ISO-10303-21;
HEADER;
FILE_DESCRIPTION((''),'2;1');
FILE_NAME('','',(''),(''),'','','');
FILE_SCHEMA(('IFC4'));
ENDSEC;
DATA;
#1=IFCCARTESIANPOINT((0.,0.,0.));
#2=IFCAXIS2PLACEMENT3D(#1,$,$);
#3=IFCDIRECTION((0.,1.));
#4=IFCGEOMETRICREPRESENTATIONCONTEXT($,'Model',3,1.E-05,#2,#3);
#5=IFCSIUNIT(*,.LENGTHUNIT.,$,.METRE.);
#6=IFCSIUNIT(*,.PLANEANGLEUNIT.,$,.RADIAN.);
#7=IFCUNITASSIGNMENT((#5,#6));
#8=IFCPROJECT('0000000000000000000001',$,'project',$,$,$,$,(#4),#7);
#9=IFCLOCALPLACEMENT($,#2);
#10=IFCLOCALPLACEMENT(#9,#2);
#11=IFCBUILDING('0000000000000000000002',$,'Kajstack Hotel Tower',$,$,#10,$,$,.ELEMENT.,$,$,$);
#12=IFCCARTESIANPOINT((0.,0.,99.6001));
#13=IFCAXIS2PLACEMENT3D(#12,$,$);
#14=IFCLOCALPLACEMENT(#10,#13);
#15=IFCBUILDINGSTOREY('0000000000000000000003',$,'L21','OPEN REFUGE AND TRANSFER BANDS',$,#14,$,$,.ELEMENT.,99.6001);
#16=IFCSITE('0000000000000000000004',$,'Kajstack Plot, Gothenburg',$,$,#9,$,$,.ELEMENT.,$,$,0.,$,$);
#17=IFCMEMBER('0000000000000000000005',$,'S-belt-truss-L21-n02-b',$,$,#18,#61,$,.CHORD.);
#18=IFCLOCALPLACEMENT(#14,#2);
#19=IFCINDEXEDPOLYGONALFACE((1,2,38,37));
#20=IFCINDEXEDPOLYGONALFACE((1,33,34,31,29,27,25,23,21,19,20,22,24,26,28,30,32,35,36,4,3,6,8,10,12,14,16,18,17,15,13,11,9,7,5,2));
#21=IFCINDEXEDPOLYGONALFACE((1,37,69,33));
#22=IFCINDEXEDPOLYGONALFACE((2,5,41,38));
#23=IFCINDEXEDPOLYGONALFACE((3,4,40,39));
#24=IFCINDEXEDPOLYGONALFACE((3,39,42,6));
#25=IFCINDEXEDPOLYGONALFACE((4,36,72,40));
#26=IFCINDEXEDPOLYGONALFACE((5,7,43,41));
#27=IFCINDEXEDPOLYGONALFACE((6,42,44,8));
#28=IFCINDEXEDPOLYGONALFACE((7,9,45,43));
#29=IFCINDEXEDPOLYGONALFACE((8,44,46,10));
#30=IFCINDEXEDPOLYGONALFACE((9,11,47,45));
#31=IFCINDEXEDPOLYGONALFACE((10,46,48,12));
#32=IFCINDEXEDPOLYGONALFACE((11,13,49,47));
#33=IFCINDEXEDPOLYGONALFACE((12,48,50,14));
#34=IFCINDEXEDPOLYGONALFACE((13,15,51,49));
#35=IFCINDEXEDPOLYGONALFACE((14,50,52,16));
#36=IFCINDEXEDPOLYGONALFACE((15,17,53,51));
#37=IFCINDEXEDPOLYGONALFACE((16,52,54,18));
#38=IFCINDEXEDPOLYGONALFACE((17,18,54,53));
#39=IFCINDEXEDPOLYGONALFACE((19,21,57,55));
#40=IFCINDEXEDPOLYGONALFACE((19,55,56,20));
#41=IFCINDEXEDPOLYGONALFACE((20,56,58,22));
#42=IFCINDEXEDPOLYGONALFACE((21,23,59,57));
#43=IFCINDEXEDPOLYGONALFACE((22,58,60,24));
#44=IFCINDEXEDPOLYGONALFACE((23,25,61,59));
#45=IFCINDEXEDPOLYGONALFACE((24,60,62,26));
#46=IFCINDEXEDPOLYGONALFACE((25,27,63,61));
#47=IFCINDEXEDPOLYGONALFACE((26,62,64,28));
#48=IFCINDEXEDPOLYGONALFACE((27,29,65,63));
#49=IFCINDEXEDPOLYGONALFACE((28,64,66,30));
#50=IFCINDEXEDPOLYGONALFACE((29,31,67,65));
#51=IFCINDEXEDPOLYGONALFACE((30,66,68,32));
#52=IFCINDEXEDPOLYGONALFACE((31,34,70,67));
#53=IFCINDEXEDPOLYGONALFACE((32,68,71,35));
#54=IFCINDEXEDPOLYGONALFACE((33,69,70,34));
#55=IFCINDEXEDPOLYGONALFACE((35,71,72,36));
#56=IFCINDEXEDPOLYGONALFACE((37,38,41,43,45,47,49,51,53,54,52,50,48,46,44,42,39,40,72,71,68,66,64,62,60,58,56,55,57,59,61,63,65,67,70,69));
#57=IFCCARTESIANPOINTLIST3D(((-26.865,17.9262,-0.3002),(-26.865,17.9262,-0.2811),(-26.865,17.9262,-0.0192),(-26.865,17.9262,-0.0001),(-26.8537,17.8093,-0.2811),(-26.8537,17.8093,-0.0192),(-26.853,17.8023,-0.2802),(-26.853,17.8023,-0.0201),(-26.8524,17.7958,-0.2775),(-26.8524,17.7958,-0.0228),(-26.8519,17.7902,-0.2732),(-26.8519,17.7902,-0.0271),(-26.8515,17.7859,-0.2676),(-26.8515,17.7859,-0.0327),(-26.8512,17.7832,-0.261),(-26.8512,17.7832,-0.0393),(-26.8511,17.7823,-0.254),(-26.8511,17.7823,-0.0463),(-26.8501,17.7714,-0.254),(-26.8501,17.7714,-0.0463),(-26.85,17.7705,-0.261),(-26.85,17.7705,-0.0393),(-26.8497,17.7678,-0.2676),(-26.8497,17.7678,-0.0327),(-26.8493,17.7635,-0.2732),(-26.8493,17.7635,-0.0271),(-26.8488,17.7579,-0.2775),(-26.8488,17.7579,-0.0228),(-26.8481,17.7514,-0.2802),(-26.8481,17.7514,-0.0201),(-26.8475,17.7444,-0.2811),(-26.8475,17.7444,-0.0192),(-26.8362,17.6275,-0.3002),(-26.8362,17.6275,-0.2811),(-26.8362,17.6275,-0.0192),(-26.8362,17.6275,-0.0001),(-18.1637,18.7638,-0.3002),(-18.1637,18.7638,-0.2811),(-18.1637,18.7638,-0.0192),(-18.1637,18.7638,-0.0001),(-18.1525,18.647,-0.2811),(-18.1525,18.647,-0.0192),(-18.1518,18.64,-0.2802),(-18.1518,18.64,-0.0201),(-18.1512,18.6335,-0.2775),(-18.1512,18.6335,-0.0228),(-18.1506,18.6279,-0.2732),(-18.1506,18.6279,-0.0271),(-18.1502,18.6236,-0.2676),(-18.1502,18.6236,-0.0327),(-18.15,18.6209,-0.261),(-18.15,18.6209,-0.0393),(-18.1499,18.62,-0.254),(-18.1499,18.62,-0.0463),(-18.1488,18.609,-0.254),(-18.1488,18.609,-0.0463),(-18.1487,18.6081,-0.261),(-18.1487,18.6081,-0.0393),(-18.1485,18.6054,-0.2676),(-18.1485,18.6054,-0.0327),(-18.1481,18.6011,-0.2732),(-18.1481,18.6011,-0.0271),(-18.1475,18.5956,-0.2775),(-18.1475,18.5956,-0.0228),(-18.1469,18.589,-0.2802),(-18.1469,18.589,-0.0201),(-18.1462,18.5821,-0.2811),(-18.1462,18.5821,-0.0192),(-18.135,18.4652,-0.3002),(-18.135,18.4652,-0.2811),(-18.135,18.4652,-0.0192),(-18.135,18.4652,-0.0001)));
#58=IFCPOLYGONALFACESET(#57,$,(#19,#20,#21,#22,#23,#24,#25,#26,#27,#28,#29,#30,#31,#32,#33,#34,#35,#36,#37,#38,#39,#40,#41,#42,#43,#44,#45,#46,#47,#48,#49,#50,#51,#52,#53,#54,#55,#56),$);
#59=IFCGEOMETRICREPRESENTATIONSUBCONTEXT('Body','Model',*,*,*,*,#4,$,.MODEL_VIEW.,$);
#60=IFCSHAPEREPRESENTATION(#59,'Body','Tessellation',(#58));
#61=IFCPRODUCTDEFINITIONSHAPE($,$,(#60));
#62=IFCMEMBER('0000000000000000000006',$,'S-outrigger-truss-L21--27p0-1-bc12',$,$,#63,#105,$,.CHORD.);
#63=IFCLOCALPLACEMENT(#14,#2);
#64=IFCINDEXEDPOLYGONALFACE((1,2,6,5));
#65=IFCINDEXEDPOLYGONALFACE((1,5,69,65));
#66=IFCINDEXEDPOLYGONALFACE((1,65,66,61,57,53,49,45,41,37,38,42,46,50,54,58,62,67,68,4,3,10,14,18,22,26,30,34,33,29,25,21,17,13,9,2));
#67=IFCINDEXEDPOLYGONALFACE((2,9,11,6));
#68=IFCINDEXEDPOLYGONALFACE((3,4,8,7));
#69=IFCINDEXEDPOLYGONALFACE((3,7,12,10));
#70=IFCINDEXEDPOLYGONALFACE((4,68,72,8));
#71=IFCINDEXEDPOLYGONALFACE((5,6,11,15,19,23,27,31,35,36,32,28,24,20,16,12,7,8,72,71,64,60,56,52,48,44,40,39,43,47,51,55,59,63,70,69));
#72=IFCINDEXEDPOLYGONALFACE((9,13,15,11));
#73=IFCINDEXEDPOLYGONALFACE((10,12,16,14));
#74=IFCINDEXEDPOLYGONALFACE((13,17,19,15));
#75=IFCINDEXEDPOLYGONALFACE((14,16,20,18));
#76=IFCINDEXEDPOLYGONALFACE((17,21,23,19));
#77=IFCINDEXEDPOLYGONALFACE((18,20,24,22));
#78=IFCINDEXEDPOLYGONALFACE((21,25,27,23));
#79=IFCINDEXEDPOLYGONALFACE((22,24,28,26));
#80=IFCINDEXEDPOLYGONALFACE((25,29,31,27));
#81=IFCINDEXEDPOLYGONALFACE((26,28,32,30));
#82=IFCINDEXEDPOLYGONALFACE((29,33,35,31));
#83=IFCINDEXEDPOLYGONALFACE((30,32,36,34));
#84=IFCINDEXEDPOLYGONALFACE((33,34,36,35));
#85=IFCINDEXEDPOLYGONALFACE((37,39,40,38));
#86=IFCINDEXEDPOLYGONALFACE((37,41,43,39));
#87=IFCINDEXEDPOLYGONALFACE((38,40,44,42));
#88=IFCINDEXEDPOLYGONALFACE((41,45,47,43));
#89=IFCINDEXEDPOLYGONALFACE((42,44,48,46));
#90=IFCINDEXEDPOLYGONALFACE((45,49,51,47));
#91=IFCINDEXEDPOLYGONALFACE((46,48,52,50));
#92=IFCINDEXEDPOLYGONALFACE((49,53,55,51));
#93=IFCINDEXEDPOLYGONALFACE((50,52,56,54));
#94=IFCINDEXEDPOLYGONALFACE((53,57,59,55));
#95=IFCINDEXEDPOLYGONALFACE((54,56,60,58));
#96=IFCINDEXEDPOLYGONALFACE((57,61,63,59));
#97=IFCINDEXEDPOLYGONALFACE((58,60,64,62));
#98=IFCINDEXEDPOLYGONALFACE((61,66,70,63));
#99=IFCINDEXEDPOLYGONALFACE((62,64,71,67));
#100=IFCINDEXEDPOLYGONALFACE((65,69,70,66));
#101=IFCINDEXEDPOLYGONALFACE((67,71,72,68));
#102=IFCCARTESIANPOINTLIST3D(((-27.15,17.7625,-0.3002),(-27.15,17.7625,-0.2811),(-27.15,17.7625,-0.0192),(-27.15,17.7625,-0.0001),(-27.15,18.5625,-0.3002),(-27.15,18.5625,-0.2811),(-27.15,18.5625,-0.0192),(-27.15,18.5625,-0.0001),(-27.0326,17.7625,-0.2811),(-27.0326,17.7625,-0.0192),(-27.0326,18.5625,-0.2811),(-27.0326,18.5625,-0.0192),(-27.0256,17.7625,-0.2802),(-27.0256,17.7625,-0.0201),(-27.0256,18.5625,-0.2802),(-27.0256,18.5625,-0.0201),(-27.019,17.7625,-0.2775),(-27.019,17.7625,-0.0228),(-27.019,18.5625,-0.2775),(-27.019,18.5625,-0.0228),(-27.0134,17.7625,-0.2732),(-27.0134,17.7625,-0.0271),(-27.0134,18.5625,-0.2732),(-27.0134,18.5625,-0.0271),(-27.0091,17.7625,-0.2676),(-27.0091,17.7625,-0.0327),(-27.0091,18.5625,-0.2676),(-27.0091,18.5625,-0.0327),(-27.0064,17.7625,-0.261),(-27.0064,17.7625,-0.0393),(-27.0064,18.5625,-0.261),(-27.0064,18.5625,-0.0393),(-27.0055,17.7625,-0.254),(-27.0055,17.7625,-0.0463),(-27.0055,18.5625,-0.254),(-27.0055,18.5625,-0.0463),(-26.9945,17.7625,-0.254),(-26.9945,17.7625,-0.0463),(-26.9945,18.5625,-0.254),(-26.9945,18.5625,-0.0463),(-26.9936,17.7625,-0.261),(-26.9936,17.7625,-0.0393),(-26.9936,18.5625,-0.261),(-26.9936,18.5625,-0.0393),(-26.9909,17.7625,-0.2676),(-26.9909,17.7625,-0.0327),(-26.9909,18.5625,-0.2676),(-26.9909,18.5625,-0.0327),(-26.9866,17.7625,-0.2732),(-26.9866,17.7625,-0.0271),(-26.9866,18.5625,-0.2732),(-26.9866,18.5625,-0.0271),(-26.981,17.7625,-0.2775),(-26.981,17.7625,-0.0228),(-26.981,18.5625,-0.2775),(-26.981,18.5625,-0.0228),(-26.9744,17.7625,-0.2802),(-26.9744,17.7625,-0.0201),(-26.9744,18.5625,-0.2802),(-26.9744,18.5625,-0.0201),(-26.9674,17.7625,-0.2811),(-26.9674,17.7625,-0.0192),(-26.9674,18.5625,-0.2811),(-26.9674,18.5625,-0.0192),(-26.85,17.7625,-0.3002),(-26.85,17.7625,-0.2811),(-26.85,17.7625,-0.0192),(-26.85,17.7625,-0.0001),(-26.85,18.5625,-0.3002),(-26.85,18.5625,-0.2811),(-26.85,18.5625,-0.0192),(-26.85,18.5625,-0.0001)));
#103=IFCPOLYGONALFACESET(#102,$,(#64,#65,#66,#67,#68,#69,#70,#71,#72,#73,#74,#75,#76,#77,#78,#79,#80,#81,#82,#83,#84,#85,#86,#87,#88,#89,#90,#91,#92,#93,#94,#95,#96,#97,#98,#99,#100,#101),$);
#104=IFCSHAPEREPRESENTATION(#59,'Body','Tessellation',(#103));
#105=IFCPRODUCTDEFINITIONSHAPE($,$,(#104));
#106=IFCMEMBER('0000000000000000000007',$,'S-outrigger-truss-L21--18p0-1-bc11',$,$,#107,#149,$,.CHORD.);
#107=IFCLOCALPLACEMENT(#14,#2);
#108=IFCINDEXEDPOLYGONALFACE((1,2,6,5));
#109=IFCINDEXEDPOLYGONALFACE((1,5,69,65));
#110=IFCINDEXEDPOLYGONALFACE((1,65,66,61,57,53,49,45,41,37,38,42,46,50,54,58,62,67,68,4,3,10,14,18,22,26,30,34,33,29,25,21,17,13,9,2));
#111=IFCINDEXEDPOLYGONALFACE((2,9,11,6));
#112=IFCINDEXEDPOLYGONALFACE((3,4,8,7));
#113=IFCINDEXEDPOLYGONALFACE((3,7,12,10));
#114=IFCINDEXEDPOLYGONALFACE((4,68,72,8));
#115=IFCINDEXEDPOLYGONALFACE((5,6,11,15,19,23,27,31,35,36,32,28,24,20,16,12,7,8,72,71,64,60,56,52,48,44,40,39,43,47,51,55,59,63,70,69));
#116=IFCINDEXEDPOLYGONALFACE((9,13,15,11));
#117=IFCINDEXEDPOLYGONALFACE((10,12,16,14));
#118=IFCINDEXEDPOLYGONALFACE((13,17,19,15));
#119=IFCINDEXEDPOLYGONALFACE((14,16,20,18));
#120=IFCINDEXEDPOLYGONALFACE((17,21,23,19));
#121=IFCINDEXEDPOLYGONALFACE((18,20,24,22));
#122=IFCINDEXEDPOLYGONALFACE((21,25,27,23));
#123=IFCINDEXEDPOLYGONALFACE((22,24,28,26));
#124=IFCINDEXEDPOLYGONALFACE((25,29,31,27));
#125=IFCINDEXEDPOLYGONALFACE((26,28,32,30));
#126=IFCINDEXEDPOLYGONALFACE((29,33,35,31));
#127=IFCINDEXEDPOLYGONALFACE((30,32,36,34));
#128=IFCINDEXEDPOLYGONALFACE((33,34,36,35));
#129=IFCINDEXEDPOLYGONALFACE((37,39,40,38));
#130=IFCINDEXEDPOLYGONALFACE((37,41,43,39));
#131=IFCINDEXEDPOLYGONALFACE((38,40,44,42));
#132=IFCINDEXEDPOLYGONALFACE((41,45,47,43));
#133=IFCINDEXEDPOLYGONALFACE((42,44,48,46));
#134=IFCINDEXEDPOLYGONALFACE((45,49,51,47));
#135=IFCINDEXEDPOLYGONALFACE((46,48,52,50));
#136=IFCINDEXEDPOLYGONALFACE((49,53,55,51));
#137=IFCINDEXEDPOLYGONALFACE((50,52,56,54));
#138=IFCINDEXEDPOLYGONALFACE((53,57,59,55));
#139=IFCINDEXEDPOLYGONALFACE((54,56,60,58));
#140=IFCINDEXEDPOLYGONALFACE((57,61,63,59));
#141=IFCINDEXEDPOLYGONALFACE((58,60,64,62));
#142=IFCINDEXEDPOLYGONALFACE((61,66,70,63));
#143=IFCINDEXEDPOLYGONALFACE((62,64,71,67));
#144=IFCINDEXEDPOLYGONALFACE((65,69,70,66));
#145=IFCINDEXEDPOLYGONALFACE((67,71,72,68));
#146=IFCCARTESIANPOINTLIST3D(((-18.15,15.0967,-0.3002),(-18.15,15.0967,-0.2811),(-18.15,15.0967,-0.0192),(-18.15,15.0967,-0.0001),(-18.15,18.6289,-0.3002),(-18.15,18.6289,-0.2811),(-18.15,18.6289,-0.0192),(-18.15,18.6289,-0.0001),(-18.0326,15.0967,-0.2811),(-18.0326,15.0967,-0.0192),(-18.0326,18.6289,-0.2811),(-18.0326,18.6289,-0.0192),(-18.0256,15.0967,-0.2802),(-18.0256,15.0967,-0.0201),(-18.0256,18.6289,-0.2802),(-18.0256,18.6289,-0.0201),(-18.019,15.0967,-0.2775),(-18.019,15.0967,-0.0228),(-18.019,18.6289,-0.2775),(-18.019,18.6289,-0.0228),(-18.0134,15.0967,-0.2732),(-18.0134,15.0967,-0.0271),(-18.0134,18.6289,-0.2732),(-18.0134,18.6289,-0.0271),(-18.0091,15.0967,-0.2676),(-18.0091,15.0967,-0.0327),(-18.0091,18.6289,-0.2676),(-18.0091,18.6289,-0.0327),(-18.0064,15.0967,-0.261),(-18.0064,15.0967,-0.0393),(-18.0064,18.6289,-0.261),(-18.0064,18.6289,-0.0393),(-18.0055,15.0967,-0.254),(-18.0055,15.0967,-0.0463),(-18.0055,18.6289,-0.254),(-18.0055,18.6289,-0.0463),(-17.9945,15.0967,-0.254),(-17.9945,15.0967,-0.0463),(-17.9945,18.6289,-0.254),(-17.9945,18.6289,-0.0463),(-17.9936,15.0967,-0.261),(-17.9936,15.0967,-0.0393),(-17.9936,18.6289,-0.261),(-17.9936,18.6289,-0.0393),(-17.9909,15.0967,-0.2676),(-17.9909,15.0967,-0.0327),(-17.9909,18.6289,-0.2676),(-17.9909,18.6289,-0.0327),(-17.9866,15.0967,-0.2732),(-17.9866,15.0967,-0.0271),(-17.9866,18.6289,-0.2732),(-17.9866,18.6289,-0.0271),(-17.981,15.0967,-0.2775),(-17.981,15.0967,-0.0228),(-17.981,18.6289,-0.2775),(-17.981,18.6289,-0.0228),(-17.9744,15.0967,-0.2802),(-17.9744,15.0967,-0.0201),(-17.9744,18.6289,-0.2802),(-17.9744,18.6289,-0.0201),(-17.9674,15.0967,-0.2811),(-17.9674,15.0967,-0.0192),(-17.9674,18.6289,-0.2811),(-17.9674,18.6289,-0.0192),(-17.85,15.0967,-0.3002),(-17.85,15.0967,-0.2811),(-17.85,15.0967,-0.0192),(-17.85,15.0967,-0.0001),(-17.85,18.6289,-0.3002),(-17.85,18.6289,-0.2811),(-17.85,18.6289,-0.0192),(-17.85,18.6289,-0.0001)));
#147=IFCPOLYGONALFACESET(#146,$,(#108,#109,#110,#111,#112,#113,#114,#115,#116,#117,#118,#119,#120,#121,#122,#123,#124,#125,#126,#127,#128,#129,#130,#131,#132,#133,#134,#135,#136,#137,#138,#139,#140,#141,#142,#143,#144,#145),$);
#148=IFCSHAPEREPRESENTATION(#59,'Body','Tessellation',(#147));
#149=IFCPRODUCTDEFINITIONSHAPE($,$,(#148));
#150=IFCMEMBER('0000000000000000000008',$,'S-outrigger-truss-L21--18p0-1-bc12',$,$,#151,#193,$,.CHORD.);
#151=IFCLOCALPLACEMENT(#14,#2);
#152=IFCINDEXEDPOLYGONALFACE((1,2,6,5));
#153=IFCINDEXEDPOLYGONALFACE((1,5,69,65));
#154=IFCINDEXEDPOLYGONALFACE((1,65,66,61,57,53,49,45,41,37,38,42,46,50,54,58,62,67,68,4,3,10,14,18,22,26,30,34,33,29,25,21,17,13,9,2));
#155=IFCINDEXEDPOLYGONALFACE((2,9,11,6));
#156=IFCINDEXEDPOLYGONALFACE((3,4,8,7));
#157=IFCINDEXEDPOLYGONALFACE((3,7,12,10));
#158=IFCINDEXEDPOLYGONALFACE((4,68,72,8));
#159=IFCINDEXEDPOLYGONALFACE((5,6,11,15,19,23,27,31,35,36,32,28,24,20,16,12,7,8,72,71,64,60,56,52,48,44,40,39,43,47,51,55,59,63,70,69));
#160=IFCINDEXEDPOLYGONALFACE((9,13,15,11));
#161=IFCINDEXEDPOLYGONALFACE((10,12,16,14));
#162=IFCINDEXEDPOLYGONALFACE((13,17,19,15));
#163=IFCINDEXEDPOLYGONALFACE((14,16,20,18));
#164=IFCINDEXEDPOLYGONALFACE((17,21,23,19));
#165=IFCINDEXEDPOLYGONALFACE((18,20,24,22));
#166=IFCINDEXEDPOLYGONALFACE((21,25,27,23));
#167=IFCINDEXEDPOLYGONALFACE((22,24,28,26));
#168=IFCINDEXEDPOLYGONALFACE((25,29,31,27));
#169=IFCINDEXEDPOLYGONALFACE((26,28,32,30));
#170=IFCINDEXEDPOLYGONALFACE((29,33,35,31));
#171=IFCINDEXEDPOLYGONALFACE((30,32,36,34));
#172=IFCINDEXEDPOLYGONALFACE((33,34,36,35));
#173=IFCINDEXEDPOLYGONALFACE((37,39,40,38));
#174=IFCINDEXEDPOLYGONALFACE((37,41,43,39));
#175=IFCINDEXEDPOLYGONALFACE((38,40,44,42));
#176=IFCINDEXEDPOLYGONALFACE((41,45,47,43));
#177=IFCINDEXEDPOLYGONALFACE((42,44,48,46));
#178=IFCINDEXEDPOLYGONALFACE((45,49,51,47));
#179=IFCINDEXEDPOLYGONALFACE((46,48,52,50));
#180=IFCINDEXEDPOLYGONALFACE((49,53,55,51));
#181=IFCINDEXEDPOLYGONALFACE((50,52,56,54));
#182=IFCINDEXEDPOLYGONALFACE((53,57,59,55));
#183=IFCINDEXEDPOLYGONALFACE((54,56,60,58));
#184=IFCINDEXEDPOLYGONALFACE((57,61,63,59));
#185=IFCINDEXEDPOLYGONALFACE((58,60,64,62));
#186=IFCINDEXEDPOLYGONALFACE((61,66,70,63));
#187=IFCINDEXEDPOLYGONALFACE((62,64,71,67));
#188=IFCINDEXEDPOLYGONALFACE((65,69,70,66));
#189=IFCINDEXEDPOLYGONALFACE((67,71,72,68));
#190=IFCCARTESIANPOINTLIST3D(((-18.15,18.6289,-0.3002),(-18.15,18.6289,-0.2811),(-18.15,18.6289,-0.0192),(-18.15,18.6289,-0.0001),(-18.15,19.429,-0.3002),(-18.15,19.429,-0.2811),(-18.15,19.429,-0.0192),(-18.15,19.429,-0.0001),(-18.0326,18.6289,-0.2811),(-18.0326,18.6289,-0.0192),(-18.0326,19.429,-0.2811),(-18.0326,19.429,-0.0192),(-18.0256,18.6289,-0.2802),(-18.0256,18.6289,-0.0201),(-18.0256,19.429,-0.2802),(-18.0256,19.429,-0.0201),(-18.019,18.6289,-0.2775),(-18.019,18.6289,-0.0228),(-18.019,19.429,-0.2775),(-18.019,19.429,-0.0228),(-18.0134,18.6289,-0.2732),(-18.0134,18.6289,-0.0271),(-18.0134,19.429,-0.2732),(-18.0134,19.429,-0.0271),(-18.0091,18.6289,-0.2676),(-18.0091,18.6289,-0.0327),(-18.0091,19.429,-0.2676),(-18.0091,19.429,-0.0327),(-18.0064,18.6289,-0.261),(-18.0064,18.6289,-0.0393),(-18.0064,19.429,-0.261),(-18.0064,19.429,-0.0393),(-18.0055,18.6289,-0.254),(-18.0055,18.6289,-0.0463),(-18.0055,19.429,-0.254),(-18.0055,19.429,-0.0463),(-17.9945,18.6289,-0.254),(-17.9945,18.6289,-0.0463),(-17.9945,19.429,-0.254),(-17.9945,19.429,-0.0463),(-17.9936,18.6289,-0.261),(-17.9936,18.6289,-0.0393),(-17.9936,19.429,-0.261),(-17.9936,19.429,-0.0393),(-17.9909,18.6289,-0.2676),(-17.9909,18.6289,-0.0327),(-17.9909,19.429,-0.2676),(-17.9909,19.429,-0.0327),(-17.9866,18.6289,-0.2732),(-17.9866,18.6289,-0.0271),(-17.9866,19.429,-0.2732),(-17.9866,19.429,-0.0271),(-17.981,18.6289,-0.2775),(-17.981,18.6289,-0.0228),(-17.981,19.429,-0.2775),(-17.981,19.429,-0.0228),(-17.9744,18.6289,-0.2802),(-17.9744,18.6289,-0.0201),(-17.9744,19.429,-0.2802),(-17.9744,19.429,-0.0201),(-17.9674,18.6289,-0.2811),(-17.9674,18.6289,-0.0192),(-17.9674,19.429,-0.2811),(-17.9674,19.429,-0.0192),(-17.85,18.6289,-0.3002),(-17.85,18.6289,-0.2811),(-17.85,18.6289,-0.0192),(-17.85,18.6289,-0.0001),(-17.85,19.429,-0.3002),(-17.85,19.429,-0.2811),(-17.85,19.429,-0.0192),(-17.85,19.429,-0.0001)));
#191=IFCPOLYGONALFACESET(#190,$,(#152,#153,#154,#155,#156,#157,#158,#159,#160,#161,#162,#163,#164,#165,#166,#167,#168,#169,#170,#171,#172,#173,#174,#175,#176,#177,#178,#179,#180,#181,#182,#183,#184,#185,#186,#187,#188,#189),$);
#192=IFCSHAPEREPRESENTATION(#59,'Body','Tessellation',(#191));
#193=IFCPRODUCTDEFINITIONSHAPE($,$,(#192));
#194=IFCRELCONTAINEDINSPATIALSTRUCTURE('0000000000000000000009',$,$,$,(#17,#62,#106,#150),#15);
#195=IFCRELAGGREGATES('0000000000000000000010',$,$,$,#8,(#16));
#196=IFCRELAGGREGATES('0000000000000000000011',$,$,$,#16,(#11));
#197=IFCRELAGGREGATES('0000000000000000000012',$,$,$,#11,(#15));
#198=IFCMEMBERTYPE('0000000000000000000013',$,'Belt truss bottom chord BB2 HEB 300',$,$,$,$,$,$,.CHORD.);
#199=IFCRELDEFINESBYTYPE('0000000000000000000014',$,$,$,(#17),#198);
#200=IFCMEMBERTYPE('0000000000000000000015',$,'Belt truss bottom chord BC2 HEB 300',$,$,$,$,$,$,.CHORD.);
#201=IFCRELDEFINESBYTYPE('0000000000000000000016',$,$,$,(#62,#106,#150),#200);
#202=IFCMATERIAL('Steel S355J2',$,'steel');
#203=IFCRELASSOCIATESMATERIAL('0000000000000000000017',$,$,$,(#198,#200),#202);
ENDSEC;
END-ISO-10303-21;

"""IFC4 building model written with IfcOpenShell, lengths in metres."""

from ifc_helpers import new_model, si_unit, direction, frame, origin, origin_2d, place, context, subcontext, project, spatial, i_section, extrude, material, material_profile, profile_set, type_object, element, save


model = new_model("IFC4")

# Units and contexts
model_context = context("Model", 3, precision=1e-05, world=origin(), true_north=direction((0.0, 1.0)))
body_context = subcontext(model_context, "Body", "Model", "MODEL_VIEW")
ifc_project = project(units=[si_unit("LENGTHUNIT", "METRE"), si_unit("PLANEANGLEUNIT", "RADIAN")], contexts=[model_context])

# Site, building, storey
site_placement = place(None, origin())
site = spatial("IfcSite", under=ifc_project, at=site_placement, Name="Kajstack Plot, Gothenburg", CompositionType="ELEMENT", RefElevation=0.0)
building_placement = place(site_placement, origin())
building = spatial("IfcBuilding", under=site, at=building_placement, Name="Kajstack Hotel Tower", CompositionType="ELEMENT")
storey_placement = place(building_placement, frame((0.0, 0.0, 99.6001)))
storey = spatial("IfcBuildingStorey", under=building, at=storey_placement, Name="L21", Description="OPEN REFUGE AND TRANSFER BANDS", CompositionType="ELEMENT", Elevation=99.6001)

# Members
ifc_material = material(Name="Steel S355J2", Category="steel")
ifc_material_profile_1 = material_profile(ifc_material, i_section(OverallWidth=0.3, OverallDepth=0.3, WebThickness=0.011, FlangeThickness=0.019, FilletRadius=0.0271, at=origin_2d()), Name="HEB 300")
ifc_profile_set_1 = profile_set([ifc_material_profile_1], Name="Steel S355J2")
member_type_1 = type_object("IfcMemberType", Name="Belt truss bottom chord BB2 HEB 300", PredefinedType="CHORD", material=ifc_profile_set_1)
member_1_placement = place(storey_placement, frame((-26.8506, 17.7769, -0.1501), z_axis=(0.995398, 0.095825, 0.0), x_axis=(-0.095825, 0.995398, 0.0)))
element("IfcMember", 1, at=member_1_placement, inside=storey, type_object=member_type_1, Name="S-belt-truss-L21-n02-b", PredefinedType="CHORD", context=body_context, shape_type="SweptSolid", body=[
    extrude(i_section(OverallWidth=0.3, OverallDepth=0.3, WebThickness=0.011, FlangeThickness=0.019, FilletRadius=0.0271, at=origin_2d()), origin(), (0.0, 0.0, 1.0), 8.7415),
])
ifc_material_profile_2 = material_profile(ifc_material, i_section(OverallWidth=0.3, OverallDepth=0.3, WebThickness=0.011, FlangeThickness=0.019, FilletRadius=0.0271, at=origin_2d()), Name="HEB 300")
ifc_profile_set_2 = profile_set([ifc_material_profile_2], Name="Steel S355J2")
member_type_2 = type_object("IfcMemberType", Name="Belt truss bottom chord BC2 HEB 300", PredefinedType="CHORD", material=ifc_profile_set_2)
member_2_placement = place(storey_placement, frame((-27.0, 17.7625, -0.1501), z_axis=(0.0, 1.0, 0.0), x_axis=(-1.0, 0.0, 0.0)))
element("IfcMember", 2, at=member_2_placement, inside=storey, type_object=member_type_2, Name="S-outrigger-truss-L21--27p0-1-bc12", PredefinedType="CHORD", context=body_context, shape_type="SweptSolid", body=[
    extrude(i_section(OverallWidth=0.3, OverallDepth=0.3, WebThickness=0.011, FlangeThickness=0.019, FilletRadius=0.0271, at=origin_2d()), origin(), (0.0, 0.0, 1.0), 0.8),
])
member_3_placement = place(storey_placement, frame((-18.0, 15.0967, -0.1501), z_axis=(0.0, 1.0, 0.0), x_axis=(-1.0, 0.0, 0.0)))
element("IfcMember", 3, at=member_3_placement, inside=storey, type_object=member_type_2, Name="S-outrigger-truss-L21--18p0-1-bc11", PredefinedType="CHORD", context=body_context, shape_type="SweptSolid", body=[
    extrude(i_section(OverallWidth=0.3, OverallDepth=0.3, WebThickness=0.011, FlangeThickness=0.019, FilletRadius=0.0271, at=origin_2d()), origin(), (0.0, 0.0, 1.0), 3.5322),
])
member_4_placement = place(storey_placement, frame((-18.0, 18.6289, -0.1501), z_axis=(0.0, 1.0, 0.0), x_axis=(-1.0, 0.0, 0.0)))
element("IfcMember", 4, at=member_4_placement, inside=storey, type_object=member_type_2, Name="S-outrigger-truss-L21--18p0-1-bc12", PredefinedType="CHORD", context=body_context, shape_type="SweptSolid", body=[
    extrude(i_section(OverallWidth=0.3, OverallDepth=0.3, WebThickness=0.011, FlangeThickness=0.019, FilletRadius=0.0271, at=origin_2d()), origin(), (0.0, 0.0, 1.0), 0.8),
])

save(model, "model.ifc")
